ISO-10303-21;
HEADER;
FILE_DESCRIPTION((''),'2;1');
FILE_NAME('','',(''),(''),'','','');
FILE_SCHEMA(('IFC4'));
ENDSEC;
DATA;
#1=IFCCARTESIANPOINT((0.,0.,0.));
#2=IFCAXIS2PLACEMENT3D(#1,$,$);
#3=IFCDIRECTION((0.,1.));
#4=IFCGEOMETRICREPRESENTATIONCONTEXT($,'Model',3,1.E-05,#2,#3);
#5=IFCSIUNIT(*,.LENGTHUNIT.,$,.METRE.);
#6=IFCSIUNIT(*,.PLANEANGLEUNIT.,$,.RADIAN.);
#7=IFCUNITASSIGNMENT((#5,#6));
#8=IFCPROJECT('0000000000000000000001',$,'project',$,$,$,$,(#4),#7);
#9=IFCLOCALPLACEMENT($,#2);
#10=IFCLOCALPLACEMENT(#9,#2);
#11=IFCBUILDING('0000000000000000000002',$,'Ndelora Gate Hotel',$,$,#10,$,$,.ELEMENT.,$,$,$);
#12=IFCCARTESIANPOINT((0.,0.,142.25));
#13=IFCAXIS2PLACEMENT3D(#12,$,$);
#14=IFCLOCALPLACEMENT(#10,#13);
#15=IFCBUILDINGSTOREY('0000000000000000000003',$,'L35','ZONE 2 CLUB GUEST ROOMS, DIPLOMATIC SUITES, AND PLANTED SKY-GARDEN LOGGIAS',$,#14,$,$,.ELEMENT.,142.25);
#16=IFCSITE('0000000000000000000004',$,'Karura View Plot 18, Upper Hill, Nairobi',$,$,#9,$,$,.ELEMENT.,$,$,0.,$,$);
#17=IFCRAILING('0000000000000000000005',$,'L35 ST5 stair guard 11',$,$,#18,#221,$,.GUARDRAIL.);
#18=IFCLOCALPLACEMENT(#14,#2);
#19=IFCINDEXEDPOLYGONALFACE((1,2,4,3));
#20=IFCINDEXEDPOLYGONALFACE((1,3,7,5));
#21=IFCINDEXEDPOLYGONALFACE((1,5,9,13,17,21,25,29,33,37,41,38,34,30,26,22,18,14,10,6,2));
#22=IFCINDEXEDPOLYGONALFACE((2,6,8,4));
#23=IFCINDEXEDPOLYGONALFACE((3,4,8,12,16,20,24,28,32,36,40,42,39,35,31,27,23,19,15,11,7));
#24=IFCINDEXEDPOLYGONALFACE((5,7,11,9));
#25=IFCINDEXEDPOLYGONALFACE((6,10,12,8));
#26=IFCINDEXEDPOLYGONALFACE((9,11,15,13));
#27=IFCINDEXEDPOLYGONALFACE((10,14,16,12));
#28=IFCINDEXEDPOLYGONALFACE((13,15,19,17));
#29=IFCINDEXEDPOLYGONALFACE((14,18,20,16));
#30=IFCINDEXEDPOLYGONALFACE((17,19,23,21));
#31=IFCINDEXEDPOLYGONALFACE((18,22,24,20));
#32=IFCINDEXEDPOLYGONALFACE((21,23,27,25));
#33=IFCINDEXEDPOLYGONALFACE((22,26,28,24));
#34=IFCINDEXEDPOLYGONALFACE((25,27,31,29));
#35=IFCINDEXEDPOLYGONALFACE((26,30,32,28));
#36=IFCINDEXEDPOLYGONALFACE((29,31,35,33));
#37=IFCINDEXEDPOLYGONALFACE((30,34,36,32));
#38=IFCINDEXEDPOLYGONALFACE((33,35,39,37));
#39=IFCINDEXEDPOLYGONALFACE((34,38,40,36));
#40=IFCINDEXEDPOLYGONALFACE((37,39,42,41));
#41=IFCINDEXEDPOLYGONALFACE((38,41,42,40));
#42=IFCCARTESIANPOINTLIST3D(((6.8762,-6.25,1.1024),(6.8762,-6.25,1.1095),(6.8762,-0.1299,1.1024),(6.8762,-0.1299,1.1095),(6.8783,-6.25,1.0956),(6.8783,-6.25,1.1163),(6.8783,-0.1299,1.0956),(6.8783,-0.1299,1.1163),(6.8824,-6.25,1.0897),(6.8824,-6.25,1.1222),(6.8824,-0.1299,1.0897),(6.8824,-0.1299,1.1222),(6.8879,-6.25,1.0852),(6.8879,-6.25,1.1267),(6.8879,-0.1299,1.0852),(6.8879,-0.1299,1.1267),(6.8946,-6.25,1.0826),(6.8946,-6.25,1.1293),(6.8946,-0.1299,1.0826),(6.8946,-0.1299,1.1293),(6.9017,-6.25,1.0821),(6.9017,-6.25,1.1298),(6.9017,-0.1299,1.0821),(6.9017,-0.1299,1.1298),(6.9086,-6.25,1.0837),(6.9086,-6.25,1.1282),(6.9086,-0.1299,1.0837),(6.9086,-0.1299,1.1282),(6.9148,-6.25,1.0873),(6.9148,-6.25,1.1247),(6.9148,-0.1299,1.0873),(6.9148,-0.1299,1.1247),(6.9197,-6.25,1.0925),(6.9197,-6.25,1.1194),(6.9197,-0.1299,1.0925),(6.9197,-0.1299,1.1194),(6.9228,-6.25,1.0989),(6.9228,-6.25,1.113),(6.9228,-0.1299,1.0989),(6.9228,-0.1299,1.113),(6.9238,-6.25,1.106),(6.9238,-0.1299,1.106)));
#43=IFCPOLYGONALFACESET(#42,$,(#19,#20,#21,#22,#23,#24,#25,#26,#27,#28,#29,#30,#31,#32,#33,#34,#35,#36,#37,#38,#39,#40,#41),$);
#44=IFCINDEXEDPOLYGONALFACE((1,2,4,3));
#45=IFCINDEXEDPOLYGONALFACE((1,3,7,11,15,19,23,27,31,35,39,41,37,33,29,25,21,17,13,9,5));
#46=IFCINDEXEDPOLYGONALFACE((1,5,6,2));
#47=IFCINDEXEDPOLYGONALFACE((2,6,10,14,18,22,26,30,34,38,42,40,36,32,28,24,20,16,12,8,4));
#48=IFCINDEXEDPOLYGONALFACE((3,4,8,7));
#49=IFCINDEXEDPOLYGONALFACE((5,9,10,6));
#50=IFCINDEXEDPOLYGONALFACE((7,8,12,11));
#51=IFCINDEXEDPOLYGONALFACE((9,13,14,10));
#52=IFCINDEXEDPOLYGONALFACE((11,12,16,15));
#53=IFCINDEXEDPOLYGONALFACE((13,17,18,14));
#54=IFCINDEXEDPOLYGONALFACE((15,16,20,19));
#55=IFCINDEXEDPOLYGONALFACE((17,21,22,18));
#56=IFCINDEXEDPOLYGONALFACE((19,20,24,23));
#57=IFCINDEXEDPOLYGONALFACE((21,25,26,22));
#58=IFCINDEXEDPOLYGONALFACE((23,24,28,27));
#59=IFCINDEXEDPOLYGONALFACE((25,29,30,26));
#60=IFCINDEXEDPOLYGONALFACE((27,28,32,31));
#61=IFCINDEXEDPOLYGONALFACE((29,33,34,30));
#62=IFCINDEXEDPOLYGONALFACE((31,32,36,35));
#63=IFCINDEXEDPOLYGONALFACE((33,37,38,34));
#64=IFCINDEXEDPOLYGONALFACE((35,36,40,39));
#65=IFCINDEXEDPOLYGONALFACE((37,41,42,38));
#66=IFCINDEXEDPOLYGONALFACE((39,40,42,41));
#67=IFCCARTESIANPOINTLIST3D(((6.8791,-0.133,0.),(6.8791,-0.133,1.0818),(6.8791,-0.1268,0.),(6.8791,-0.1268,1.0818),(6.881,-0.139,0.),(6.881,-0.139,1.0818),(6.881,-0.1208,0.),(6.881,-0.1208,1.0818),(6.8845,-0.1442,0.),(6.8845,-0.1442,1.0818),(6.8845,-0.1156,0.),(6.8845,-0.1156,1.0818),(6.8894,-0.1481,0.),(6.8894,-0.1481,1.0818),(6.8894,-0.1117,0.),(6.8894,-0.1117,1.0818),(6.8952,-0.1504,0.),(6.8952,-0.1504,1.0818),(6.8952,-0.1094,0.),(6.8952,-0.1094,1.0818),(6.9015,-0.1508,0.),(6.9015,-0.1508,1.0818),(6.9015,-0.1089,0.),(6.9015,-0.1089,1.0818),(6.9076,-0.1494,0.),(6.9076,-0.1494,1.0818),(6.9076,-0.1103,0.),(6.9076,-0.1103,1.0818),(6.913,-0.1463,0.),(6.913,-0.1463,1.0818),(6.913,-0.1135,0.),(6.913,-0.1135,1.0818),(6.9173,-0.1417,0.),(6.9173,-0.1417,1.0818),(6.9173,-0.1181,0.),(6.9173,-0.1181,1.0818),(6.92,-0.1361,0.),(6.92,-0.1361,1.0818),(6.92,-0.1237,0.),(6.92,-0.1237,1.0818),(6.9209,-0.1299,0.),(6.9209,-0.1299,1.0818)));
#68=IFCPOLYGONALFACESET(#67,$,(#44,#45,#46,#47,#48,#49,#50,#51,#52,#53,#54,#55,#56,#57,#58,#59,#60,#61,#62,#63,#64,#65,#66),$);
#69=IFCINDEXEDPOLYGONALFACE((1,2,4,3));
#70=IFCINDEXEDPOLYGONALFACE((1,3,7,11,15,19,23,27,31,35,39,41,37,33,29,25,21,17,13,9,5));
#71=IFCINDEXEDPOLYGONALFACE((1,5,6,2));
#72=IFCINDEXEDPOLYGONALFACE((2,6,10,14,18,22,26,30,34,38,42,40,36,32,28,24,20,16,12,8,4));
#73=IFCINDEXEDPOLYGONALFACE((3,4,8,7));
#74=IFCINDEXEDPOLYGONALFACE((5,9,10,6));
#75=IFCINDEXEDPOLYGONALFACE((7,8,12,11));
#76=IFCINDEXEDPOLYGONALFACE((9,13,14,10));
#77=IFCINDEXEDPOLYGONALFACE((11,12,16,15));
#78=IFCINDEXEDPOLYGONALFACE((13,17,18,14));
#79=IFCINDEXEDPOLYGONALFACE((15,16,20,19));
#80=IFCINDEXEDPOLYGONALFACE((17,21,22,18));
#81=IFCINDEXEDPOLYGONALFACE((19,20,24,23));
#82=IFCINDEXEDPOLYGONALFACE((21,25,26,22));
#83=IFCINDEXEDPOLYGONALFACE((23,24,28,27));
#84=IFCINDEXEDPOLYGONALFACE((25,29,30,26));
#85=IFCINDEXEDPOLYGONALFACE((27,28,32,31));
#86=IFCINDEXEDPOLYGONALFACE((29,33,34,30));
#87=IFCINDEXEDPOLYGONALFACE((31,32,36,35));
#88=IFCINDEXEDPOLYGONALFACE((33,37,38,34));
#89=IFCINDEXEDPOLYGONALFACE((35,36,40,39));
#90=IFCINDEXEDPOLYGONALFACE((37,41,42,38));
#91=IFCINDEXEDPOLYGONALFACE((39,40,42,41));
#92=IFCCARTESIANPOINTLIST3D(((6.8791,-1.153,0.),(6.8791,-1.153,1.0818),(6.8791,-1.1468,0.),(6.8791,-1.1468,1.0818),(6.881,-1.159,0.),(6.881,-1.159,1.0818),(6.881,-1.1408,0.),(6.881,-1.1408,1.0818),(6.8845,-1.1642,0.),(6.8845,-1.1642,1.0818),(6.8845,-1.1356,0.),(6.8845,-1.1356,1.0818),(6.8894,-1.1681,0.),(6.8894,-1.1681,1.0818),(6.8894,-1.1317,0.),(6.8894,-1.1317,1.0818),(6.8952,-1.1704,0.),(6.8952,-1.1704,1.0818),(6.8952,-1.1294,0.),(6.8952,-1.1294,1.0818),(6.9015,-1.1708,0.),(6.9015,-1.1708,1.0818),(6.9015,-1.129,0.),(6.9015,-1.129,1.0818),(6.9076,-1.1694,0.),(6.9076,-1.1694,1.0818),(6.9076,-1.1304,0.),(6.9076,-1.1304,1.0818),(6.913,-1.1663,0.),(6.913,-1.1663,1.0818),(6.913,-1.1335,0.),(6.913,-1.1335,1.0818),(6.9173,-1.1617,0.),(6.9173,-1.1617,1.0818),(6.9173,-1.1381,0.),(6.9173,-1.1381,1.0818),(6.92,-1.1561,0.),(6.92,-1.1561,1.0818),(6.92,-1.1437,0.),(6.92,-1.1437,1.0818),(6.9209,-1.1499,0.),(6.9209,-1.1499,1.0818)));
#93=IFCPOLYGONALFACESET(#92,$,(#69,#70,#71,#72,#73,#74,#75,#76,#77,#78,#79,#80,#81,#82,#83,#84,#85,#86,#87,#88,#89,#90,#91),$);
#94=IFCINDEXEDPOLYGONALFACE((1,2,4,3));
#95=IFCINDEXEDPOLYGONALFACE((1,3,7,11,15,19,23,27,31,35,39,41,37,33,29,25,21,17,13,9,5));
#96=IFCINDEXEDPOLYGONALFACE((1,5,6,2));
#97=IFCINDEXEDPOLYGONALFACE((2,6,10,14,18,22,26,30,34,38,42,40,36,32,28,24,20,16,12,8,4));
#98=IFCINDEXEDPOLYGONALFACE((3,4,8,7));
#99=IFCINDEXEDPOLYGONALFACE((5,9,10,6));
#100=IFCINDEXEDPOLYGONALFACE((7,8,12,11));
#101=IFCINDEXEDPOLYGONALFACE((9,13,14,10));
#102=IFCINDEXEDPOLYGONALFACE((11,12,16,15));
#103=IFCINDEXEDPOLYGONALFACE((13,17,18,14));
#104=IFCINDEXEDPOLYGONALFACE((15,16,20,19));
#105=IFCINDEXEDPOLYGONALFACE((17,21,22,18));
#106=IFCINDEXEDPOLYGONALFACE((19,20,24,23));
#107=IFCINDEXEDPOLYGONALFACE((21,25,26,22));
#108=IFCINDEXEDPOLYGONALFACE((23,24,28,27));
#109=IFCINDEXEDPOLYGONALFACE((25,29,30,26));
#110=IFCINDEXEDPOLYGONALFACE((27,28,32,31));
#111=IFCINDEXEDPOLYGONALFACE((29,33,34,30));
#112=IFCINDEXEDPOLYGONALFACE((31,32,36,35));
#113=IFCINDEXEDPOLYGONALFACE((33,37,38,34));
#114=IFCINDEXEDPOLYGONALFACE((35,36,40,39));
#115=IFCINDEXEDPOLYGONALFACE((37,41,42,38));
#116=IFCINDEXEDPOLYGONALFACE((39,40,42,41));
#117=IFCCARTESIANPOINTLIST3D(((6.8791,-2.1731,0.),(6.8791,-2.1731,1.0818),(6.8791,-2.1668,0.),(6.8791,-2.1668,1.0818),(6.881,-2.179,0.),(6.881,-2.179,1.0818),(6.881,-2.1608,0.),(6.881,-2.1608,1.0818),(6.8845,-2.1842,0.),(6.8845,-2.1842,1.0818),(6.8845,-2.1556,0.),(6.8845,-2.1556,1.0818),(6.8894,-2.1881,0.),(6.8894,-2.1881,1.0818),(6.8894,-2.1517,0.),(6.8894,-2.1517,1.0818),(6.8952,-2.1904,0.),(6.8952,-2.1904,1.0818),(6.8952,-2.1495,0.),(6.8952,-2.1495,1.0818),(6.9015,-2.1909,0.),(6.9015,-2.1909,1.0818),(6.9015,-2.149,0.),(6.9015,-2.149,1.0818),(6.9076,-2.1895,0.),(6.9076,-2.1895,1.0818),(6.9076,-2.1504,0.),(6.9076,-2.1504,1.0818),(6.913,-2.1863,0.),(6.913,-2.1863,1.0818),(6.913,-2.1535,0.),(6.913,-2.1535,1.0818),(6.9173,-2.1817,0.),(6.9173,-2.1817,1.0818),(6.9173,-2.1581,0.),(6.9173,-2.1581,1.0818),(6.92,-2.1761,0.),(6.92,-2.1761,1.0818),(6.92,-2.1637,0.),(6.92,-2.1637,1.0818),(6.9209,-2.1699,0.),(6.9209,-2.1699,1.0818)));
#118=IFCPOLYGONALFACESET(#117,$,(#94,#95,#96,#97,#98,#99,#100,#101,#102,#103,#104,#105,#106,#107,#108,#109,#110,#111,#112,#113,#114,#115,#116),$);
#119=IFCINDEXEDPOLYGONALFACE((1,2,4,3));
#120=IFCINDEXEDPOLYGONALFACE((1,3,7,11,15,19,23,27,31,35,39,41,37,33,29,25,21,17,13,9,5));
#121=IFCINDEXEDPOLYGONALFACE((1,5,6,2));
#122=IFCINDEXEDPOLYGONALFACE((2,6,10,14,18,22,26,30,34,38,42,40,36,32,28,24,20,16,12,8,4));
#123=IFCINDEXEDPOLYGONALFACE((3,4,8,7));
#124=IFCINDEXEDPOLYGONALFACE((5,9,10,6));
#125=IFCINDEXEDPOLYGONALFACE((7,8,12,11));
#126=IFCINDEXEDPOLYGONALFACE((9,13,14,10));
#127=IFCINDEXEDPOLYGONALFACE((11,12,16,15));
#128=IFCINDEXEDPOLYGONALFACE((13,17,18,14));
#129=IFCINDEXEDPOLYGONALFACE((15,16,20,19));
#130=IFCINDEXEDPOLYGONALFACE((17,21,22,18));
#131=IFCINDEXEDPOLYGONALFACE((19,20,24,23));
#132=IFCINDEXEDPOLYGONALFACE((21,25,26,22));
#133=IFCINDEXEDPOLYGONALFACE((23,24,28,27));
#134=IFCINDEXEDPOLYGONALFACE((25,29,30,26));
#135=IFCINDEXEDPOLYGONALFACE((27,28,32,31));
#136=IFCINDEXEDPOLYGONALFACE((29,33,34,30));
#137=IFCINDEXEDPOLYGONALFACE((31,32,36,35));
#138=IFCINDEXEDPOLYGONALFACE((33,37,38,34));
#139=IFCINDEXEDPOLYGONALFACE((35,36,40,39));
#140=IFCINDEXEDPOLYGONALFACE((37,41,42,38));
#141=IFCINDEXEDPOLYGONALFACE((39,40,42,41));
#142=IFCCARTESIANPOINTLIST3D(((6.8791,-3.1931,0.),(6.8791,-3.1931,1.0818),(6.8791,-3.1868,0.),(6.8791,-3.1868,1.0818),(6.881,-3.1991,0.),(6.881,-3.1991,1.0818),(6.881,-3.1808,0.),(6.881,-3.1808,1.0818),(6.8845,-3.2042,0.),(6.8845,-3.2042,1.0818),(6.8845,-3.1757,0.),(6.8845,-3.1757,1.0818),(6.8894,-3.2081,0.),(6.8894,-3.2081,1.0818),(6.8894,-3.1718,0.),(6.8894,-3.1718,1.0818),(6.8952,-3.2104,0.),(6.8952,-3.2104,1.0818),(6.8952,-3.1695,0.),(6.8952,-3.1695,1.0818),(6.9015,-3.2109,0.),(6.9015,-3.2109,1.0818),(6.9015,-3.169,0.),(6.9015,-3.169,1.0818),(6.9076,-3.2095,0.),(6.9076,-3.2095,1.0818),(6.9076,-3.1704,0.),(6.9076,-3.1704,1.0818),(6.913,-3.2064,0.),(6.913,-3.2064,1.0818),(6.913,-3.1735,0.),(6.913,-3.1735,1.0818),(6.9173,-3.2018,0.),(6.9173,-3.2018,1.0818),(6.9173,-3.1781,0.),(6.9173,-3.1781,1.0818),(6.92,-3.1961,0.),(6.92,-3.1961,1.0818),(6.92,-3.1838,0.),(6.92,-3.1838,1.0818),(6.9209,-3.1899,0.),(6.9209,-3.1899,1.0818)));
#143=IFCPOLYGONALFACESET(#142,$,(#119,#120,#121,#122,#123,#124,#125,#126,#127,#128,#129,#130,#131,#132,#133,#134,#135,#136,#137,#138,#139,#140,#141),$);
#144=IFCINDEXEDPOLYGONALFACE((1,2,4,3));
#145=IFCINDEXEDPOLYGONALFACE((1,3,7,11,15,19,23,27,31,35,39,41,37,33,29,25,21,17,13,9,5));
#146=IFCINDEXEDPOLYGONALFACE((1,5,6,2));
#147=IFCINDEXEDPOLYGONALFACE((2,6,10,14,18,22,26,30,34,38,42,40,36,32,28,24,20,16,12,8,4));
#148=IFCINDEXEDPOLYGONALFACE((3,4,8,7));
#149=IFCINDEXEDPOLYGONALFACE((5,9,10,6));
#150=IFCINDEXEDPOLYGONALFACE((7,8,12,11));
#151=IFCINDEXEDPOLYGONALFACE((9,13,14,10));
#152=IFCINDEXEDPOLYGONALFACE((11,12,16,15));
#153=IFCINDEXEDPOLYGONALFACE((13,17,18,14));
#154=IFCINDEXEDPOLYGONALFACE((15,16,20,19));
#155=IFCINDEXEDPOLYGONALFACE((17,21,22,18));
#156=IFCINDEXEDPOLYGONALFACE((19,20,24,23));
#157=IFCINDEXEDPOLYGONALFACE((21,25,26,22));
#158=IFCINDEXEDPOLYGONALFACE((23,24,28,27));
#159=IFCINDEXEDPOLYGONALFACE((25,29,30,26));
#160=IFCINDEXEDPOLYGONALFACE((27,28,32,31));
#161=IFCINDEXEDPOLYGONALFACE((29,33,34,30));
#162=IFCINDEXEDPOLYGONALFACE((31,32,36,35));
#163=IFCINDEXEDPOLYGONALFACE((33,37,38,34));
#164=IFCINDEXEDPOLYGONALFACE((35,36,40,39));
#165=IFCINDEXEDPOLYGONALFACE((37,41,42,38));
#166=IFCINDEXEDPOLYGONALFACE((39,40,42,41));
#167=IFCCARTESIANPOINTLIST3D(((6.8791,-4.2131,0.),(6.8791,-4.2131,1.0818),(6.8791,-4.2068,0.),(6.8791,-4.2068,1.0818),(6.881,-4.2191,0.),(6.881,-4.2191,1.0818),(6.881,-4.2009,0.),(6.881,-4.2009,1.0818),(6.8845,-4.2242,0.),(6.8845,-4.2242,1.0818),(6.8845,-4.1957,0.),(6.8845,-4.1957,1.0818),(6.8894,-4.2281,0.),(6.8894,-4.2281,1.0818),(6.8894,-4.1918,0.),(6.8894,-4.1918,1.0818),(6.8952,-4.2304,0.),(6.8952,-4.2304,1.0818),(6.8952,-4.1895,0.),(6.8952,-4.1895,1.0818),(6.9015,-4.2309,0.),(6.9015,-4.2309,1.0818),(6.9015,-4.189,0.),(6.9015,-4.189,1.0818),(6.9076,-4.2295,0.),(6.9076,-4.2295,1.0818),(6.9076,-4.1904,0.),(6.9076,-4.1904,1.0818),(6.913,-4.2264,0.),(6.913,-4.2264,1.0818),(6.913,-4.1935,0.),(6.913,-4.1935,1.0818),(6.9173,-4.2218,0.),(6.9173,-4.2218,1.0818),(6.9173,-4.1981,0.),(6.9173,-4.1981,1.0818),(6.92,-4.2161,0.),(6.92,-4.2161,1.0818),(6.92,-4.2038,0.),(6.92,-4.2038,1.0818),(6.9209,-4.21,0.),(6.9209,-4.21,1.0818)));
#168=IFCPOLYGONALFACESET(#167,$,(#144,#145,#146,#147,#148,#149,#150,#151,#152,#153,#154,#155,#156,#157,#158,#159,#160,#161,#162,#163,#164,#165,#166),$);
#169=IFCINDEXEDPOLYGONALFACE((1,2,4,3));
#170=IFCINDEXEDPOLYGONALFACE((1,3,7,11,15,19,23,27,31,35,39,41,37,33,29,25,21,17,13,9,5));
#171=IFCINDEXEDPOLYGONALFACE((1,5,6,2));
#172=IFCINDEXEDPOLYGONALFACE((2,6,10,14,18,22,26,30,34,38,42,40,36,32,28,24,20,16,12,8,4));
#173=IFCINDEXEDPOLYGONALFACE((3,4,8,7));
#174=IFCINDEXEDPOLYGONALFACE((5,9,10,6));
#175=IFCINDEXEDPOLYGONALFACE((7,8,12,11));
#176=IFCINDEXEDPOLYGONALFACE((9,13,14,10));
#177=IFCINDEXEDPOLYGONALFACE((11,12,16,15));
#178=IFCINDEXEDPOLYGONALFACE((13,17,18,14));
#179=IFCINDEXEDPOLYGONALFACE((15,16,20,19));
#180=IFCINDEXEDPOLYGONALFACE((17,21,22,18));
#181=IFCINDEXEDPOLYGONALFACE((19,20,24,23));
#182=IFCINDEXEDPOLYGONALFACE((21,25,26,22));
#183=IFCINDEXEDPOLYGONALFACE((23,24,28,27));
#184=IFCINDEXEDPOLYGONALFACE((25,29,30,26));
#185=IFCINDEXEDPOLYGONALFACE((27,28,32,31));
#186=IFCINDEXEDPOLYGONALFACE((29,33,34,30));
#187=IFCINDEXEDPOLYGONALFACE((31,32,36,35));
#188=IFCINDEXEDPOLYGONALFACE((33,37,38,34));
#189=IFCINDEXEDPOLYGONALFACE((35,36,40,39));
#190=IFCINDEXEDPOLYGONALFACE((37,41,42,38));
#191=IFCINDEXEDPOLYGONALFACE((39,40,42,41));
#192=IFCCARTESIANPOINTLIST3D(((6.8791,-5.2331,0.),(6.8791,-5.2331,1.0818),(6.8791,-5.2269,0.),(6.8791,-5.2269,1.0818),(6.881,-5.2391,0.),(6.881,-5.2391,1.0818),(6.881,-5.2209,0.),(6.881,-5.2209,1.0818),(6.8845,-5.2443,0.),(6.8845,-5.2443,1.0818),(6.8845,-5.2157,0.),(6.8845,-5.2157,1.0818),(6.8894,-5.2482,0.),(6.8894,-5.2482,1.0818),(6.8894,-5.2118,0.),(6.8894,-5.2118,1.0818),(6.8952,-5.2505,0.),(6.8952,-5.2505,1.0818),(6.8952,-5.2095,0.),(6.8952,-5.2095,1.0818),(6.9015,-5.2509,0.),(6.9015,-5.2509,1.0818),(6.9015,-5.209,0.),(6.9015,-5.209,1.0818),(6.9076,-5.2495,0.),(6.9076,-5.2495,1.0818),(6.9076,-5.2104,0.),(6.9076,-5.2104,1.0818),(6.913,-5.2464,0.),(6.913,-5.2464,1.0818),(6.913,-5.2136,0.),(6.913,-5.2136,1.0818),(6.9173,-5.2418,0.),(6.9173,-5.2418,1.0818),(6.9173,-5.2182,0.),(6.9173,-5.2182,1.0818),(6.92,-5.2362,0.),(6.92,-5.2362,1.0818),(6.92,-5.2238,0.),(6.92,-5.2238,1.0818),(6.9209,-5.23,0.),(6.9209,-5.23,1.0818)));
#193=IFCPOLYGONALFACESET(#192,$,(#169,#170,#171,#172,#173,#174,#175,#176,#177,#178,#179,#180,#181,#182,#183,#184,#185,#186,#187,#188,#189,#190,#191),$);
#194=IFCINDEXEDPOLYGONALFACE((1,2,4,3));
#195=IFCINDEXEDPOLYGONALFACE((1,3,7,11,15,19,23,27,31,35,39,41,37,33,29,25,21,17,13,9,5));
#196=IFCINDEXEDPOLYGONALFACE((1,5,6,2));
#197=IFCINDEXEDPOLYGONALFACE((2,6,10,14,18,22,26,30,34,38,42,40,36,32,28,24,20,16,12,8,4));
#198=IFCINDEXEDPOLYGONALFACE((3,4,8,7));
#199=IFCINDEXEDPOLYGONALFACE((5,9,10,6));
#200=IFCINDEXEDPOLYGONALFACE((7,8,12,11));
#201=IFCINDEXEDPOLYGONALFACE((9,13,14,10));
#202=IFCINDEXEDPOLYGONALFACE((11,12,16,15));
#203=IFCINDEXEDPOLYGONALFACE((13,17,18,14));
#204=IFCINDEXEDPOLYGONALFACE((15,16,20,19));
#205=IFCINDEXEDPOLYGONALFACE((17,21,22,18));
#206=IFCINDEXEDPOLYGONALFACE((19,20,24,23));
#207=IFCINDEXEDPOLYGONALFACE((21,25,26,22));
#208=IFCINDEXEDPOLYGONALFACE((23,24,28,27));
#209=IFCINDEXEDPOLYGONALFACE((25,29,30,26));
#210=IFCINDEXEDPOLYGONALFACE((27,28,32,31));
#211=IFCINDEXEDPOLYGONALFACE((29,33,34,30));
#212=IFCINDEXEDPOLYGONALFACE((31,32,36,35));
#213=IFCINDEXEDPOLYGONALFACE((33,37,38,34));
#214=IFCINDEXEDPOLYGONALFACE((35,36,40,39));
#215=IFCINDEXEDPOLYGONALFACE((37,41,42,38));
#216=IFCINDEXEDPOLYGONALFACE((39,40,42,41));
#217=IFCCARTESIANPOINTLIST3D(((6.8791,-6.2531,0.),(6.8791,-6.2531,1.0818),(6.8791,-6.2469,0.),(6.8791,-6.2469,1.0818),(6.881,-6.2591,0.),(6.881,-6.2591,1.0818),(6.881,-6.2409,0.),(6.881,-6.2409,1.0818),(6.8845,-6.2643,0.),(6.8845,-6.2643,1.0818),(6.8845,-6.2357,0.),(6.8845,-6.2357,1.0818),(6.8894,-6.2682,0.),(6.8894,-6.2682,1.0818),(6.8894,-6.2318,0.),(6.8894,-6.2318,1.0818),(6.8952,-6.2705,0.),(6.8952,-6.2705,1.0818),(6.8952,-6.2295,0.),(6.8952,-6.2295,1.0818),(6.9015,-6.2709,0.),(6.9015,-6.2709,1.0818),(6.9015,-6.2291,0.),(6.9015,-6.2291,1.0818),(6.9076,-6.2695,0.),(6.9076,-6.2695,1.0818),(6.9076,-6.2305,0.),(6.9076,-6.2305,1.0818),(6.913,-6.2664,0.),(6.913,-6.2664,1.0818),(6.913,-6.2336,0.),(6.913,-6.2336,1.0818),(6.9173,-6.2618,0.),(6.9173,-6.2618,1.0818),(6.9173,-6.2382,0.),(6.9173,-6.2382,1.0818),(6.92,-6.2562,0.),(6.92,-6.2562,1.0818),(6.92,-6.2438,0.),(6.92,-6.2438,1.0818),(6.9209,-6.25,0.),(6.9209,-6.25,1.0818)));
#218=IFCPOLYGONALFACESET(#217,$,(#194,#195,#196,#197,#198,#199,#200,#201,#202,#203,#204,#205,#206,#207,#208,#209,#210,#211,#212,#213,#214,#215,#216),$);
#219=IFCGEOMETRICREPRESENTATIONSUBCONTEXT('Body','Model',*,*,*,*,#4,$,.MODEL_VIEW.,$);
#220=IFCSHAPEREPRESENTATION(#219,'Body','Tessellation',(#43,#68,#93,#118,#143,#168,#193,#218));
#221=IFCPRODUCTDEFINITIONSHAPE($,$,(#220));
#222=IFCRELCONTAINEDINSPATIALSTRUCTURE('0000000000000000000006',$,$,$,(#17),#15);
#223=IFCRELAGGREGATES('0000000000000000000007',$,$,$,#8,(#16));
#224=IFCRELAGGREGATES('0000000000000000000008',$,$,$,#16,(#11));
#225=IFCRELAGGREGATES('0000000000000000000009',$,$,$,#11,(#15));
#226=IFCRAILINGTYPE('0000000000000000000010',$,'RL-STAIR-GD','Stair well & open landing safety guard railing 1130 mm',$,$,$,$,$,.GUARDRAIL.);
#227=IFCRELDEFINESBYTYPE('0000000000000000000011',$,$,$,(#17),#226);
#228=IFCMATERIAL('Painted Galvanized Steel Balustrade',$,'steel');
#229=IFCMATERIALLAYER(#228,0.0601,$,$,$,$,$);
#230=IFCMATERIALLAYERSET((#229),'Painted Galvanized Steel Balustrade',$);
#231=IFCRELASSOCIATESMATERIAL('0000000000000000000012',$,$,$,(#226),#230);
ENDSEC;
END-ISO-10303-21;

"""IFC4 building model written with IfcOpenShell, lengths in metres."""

from ifc_helpers import new_model, si_unit, direction, frame, origin, origin_2d, place, context, subcontext, project, spatial, circle, extrude, material, layer, layer_set, type_object, element, save


model = new_model("IFC4")

# Units and contexts
model_context = context("Model", 3, precision=1e-05, world=origin(), true_north=direction((0.0, 1.0)))
body_context = subcontext(model_context, "Body", "Model", "MODEL_VIEW")
ifc_project = project(units=[si_unit("LENGTHUNIT", "METRE"), si_unit("PLANEANGLEUNIT", "RADIAN")], contexts=[model_context])

# Site, building, storey
site_placement = place(None, origin())
site = spatial("IfcSite", under=ifc_project, at=site_placement, Name="Karura View Plot 18, Upper Hill, Nairobi", CompositionType="ELEMENT", RefElevation=0.0)
building_placement = place(site_placement, origin())
building = spatial("IfcBuilding", under=site, at=building_placement, Name="Ndelora Gate Hotel", CompositionType="ELEMENT")
storey_placement = place(building_placement, frame((0.0, 0.0, 142.25)))
storey = spatial("IfcBuildingStorey", under=building, at=storey_placement, Name="L35", Description="ZONE 2 CLUB GUEST ROOMS, DIPLOMATIC SUITES, AND PLANTED SKY-GARDEN LOGGIAS", CompositionType="ELEMENT", Elevation=142.25)

# Railing
ifc_material_1 = material(Name="Painted Galvanized Steel Balustrade", Category="steel")
ifc_layer_1 = layer(ifc_material_1, 0.0601)
ifc_layer_set_1 = layer_set([ifc_layer_1], Name="Painted Galvanized Steel Balustrade")
railing_type = type_object("IfcRailingType", Name="RL-STAIR-GD", Description="Stair well & open landing safety guard railing 1130 mm", PredefinedType="GUARDRAIL", material=ifc_layer_set_1)
railing_placement = place(storey_placement, frame((6.8999, -0.1299, 0.0)))
element("IfcRailing", 1, at=railing_placement, inside=storey, type_object=railing_type, Name="L35 ST5 stair guard 11", PredefinedType="GUARDRAIL", context=body_context, shape_type="SweptSolid", body=[
    extrude(circle(Radius=0.0239, at=origin_2d()), frame((0.0, 0.0, 1.106), z_axis=(0.0, -1.0, 0.0), x_axis=(1.0, 0.0, 0.0)), (0.0, 0.0, 1.0), 6.1201),
    extrude(circle(Radius=0.021, at=origin_2d()), origin(), (0.0, 0.0, 1.0), 1.0818),
    extrude(circle(Radius=0.021, at=origin_2d()), frame((0.0, -1.02, 0.0)), (0.0, 0.0, 1.0), 1.0818),
    extrude(circle(Radius=0.021, at=origin_2d()), frame((0.0, -2.04, 0.0)), (0.0, 0.0, 1.0), 1.0818),
    extrude(circle(Radius=0.021, at=origin_2d()), frame((0.0, -3.0601, 0.0)), (0.0, 0.0, 1.0), 1.0818),
    extrude(circle(Radius=0.021, at=origin_2d()), frame((0.0, -4.0801, 0.0)), (0.0, 0.0, 1.0), 1.0818),
    extrude(circle(Radius=0.021, at=origin_2d()), frame((0.0, -5.1001, 0.0)), (0.0, 0.0, 1.0), 1.0818),
    extrude(circle(Radius=0.021, at=origin_2d()), frame((0.0, -6.1201, 0.0)), (0.0, 0.0, 1.0), 1.0818),
])

save(model, "model.ifc")
